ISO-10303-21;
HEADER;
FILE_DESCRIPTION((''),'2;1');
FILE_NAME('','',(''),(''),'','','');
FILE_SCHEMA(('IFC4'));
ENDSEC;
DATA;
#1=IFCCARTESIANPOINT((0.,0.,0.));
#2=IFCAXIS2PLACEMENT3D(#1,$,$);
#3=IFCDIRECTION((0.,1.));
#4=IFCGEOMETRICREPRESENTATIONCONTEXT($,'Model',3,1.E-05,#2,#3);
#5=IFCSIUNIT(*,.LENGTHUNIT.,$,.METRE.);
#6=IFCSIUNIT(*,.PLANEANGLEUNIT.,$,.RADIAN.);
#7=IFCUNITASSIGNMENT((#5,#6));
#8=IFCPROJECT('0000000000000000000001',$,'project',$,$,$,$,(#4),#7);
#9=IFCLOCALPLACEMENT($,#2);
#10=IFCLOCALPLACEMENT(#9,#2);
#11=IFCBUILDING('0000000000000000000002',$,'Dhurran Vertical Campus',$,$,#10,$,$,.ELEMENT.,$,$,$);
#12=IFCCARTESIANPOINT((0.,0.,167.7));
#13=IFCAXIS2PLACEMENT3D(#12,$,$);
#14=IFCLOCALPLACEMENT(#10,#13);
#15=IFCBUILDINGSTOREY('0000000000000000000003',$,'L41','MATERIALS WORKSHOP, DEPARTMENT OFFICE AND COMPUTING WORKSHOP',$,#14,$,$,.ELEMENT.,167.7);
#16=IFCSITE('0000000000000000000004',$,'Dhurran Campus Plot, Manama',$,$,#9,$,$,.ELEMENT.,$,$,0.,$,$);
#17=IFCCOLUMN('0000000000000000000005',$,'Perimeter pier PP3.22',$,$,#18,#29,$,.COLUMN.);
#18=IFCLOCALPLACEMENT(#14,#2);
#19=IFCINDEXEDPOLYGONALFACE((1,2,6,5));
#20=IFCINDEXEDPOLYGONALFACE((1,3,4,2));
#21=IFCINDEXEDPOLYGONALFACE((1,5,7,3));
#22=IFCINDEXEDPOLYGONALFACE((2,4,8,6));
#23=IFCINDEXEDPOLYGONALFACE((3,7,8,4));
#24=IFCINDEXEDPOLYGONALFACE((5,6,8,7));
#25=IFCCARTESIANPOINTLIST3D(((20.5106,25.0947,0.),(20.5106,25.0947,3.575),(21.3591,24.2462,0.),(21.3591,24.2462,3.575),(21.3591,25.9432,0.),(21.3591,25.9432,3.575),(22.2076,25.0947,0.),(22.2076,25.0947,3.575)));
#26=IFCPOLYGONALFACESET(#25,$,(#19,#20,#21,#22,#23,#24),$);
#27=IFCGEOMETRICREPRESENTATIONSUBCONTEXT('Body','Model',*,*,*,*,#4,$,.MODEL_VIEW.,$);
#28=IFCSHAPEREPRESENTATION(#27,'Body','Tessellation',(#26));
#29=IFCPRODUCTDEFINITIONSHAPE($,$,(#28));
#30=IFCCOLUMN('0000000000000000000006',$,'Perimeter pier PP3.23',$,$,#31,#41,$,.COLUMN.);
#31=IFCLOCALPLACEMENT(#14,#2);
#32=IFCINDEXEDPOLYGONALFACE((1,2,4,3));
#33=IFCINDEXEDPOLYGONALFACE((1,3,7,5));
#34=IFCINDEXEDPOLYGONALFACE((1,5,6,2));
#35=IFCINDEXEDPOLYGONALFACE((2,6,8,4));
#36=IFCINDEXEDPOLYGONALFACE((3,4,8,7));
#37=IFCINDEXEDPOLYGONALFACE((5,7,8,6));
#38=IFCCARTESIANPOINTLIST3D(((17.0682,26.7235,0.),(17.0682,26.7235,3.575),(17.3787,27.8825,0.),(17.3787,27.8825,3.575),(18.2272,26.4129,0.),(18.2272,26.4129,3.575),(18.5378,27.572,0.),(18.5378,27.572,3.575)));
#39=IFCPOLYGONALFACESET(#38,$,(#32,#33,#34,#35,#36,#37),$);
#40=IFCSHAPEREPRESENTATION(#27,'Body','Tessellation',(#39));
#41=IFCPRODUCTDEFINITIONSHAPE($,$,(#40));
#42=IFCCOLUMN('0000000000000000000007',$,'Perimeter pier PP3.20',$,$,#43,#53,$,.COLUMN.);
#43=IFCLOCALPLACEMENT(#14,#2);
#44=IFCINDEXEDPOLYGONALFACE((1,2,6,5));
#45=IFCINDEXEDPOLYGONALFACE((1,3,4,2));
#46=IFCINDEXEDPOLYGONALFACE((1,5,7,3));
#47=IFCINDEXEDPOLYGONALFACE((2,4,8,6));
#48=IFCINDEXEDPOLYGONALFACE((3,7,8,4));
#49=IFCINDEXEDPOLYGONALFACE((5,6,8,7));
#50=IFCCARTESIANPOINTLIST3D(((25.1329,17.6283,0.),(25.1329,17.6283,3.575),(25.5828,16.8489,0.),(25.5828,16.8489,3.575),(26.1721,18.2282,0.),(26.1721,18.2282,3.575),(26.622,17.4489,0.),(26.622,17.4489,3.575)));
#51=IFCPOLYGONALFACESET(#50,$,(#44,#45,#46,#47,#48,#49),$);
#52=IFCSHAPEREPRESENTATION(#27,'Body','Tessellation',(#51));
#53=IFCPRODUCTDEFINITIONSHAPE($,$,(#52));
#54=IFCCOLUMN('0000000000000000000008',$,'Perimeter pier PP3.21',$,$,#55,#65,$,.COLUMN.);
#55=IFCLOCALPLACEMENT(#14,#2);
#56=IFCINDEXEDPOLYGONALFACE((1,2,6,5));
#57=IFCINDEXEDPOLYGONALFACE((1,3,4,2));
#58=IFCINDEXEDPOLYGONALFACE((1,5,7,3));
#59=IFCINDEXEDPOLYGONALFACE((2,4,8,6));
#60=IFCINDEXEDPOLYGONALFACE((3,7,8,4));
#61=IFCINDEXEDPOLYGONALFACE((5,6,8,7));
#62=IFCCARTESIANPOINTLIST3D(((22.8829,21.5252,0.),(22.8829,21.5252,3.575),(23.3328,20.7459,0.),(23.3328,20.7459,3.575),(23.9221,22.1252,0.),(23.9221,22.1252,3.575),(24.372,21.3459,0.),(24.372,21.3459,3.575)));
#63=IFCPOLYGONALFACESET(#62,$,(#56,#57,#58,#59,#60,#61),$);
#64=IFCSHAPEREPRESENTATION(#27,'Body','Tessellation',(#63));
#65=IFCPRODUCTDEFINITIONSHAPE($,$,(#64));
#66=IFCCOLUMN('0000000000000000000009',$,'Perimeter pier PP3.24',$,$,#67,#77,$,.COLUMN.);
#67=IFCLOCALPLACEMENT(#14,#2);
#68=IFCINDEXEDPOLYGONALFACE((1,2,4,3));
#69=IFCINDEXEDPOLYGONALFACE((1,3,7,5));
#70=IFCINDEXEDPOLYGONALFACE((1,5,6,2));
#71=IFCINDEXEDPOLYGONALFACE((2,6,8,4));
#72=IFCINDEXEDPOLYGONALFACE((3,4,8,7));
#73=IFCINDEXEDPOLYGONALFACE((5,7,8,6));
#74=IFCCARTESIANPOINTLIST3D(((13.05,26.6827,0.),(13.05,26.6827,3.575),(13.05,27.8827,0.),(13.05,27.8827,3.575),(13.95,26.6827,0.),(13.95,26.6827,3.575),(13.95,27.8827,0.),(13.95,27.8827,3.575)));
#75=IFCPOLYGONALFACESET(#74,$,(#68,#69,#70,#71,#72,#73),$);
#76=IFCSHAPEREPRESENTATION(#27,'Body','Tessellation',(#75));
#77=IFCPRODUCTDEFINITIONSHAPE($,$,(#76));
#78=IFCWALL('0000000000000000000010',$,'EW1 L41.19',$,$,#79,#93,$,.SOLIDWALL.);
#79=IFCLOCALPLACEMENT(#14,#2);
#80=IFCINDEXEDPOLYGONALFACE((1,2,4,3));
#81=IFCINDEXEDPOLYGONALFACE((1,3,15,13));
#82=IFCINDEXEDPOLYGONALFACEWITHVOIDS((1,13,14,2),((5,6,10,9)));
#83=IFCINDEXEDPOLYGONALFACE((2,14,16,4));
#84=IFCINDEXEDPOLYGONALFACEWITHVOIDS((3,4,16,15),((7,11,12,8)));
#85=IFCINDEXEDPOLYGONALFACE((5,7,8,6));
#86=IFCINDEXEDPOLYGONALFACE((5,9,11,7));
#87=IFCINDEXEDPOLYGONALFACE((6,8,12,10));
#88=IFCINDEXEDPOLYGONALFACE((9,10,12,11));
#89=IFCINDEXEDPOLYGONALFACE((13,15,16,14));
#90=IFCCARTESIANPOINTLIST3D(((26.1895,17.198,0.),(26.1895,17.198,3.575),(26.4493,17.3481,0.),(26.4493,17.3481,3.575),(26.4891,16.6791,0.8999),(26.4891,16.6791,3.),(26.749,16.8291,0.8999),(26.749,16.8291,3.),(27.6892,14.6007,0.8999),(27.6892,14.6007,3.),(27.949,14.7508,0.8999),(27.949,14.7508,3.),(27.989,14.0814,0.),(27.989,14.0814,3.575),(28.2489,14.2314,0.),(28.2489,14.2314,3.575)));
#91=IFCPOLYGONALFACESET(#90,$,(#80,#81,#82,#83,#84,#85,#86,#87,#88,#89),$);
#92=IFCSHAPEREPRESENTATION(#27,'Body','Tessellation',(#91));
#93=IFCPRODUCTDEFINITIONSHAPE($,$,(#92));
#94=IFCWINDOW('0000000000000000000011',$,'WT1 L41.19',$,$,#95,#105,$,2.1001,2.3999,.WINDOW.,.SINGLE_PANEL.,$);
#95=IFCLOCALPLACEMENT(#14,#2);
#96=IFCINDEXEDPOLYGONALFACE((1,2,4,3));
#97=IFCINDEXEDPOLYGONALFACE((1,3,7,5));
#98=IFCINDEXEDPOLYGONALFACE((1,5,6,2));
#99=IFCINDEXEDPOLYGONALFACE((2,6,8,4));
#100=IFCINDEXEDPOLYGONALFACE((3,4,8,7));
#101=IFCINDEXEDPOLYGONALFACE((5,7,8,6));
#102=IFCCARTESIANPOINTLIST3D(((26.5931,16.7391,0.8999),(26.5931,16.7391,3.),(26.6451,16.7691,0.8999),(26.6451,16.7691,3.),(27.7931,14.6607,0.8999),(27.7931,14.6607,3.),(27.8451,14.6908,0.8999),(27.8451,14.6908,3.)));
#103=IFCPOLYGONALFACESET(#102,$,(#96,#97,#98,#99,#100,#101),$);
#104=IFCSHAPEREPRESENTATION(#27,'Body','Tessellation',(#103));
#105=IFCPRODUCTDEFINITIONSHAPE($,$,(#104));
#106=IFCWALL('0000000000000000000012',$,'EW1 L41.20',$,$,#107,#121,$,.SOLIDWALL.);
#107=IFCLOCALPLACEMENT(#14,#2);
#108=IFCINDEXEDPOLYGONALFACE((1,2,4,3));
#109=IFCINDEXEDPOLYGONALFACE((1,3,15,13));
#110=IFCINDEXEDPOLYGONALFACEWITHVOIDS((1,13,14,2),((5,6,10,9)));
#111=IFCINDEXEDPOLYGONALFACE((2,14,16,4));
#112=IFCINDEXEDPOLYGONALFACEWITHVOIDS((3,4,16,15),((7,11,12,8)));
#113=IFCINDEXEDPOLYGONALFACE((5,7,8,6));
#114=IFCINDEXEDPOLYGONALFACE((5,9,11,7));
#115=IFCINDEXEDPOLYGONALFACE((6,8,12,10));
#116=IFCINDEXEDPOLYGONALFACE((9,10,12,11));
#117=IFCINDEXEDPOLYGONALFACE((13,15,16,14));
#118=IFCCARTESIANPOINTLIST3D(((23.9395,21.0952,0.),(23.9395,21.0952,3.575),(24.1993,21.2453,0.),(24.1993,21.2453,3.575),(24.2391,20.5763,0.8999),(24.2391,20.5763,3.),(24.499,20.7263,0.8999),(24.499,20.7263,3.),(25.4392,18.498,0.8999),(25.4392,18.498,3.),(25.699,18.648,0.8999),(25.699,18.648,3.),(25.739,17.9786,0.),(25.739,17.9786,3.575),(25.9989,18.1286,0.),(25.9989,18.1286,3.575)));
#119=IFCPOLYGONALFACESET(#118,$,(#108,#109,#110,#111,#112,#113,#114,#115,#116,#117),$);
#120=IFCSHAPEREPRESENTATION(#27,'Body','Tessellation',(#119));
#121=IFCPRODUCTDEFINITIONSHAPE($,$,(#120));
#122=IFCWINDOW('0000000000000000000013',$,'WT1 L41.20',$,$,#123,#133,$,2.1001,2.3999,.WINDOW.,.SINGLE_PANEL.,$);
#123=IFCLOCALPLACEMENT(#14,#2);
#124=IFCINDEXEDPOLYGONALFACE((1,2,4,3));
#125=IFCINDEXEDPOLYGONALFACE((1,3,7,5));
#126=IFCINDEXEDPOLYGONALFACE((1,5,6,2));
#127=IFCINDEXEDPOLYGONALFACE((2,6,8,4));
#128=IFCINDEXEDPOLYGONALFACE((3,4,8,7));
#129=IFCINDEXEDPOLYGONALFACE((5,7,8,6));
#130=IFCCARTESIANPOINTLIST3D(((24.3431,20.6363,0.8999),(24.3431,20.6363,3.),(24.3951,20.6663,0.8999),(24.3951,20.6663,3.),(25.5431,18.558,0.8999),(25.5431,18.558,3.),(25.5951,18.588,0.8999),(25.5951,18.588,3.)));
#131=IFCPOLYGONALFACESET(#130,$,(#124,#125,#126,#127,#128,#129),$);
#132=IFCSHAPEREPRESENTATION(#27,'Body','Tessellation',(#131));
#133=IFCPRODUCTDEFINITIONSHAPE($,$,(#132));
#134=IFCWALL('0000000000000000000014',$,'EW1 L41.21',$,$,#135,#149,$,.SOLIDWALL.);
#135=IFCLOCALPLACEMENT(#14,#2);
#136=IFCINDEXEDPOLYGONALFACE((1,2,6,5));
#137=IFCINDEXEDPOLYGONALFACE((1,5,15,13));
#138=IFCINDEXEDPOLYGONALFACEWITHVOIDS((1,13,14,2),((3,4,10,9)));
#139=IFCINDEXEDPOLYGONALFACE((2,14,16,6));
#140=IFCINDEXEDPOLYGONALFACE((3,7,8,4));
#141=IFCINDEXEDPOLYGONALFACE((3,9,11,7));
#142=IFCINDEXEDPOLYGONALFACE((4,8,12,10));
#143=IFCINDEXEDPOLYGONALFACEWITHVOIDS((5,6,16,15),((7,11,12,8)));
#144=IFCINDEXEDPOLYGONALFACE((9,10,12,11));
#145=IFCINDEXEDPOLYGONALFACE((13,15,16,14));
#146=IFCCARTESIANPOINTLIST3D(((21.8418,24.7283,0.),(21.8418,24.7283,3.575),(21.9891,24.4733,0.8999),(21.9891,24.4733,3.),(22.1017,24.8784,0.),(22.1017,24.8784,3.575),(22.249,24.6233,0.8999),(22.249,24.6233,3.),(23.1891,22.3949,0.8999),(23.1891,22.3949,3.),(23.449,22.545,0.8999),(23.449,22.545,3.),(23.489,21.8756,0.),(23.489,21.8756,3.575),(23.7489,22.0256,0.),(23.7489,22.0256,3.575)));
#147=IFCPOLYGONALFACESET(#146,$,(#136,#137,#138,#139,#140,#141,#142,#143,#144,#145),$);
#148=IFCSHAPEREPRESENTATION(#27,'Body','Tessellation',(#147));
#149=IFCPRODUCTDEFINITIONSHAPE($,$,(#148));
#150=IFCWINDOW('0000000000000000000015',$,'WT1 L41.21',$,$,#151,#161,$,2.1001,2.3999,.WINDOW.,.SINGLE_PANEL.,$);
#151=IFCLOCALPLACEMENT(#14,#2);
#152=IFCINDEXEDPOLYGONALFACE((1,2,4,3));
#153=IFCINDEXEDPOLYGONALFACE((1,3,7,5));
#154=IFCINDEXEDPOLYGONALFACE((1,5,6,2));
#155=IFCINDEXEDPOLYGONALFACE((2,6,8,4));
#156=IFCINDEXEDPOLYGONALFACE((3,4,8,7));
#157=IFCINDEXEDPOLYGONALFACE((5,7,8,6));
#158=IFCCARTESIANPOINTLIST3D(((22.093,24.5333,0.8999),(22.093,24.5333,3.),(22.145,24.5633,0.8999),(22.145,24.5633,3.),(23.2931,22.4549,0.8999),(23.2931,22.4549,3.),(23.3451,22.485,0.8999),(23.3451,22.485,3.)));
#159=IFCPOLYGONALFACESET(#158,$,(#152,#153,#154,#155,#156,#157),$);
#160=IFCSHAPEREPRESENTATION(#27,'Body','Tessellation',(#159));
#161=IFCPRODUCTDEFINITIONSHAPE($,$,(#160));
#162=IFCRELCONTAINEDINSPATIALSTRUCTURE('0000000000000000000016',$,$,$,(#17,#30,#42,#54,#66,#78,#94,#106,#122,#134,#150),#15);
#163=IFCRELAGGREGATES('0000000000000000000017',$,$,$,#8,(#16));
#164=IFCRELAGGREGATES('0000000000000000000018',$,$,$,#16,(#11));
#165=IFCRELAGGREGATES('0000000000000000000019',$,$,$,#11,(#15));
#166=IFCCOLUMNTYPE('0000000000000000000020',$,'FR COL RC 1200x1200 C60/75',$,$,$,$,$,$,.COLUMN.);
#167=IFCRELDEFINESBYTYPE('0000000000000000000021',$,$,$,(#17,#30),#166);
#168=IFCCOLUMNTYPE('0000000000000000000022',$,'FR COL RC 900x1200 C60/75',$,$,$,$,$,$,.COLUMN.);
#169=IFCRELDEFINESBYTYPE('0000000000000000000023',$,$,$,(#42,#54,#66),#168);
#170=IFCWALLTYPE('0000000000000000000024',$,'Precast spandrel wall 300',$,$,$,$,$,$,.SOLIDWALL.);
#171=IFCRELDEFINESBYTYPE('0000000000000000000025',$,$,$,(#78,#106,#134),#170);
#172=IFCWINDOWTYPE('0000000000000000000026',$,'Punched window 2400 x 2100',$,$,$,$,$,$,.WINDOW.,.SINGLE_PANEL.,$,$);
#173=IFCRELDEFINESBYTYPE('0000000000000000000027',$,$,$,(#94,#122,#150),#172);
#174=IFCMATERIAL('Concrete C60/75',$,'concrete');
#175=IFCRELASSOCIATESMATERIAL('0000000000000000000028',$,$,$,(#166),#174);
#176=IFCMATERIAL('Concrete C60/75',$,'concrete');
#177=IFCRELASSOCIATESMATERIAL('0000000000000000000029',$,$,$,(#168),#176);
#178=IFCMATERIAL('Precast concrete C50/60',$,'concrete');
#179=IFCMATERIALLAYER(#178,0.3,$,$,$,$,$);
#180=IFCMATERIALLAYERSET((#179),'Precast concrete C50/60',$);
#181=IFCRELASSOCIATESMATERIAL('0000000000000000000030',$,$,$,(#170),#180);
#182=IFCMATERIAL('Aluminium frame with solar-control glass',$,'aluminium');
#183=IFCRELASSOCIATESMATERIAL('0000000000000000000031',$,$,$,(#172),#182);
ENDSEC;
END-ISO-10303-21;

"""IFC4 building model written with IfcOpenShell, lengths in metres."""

from ifc_helpers import new_model, si_unit, direction, frame, frame_2d, origin, origin_2d, place, context, subcontext, project, spatial, rectangle, extrude, material, layer, layer_set, material_profile, profile_set, type_object, element, fill, save


model = new_model("IFC4")

# Units and contexts
model_context = context("Model", 3, precision=1e-05, world=origin(), true_north=direction((0.0, 1.0)))
body_context = subcontext(model_context, "Body", "Model", "MODEL_VIEW")
ifc_project = project(units=[si_unit("LENGTHUNIT", "METRE"), si_unit("PLANEANGLEUNIT", "RADIAN")], contexts=[model_context])

# Site, building, storey
site_placement = place(None, origin())
site = spatial("IfcSite", under=ifc_project, at=site_placement, Name="Dhurran Campus Plot, Manama", CompositionType="ELEMENT", RefElevation=0.0)
building_placement = place(site_placement, origin())
building = spatial("IfcBuilding", under=site, at=building_placement, Name="Dhurran Vertical Campus", CompositionType="ELEMENT")
storey_placement = place(building_placement, frame((0.0, 0.0, 167.7)))
storey = spatial("IfcBuildingStorey", under=building, at=storey_placement, Name="L41", Description="MATERIALS WORKSHOP, DEPARTMENT OFFICE AND COMPUTING WORKSHOP", CompositionType="ELEMENT", Elevation=167.7)

# Columns
ifc_material_1 = material(Name="Concrete C60/75", Category="concrete")
ifc_material_profile_1 = material_profile(ifc_material_1, rectangle(XDim=1.2, YDim=1.2, at=origin_2d()), Name="RC 1200x1200")
ifc_profile_set_1 = profile_set([ifc_material_profile_1], Name="Concrete C60/75")
column_type_1 = type_object("IfcColumnType", Name="FR COL RC 1200x1200 C60/75", PredefinedType="COLUMN", material=ifc_profile_set_1)
for number, where, z_axis, x_axis, name in (
    (1, (21.3591, 25.0947, 0.0), (0.0, 0.0, 1.0), (-0.707107, 0.707107, 0.0), "Perimeter pier PP3.22"),
    (2, (17.803, 27.1477, 0.0), (0.0, 0.0, 1.0), (-0.965926, 0.258819, 0.0), "Perimeter pier PP3.23"),
):
    element("IfcColumn", number, at=place(storey_placement, frame(where, z_axis=z_axis, x_axis=x_axis)), inside=storey, type_object=column_type_1, Name=name, PredefinedType="COLUMN", context=body_context, shape_type="SweptSolid", body=[
        extrude(rectangle(XDim=1.2, YDim=1.2, at=origin_2d()), origin(), (0.0, 0.0, 1.0), 3.575),
    ])
ifc_material_2 = material(Name="Concrete C60/75", Category="concrete")
ifc_material_profile_2 = material_profile(ifc_material_2, rectangle(XDim=0.8999, YDim=1.2, at=origin_2d()), Name="RC 900x1200")
ifc_profile_set_2 = profile_set([ifc_material_profile_2], Name="Concrete C60/75")
column_type_2 = type_object("IfcColumnType", Name="FR COL RC 900x1200 C60/75", PredefinedType="COLUMN", material=ifc_profile_set_2)
for number, where, z_axis, x_axis, name in (
    (3, (25.8774, 17.5386, 0.0), (0.0, 0.0, 1.0), (-0.5, 0.866025, 0.0), "Perimeter pier PP3.20"),
    (4, (23.6274, 21.4355, 0.0), (0.0, 0.0, 1.0), (-0.5, 0.866025, 0.0), "Perimeter pier PP3.21"),
    (5, (13.5, 27.2827, 0.0), (0.0, 0.0, 1.0), (-1.0, 0.0, 0.0), "Perimeter pier PP3.24"),
):
    element("IfcColumn", number, at=place(storey_placement, frame(where, z_axis=z_axis, x_axis=x_axis)), inside=storey, type_object=column_type_2, Name=name, PredefinedType="COLUMN", context=body_context, shape_type="SweptSolid", body=[
        extrude(rectangle(XDim=0.8999, YDim=1.2, at=origin_2d()), origin(), (0.0, 0.0, 1.0), 3.575),
    ])

# Walls, openings, windows
ifc_material_3 = material(Name="Precast concrete C50/60", Category="concrete")
ifc_layer_1 = layer(ifc_material_3, 0.3)
ifc_layer_set_1 = layer_set([ifc_layer_1], Name="Precast concrete C50/60")
wall_type_1 = type_object("IfcWallType", Name="Precast spandrel wall 300", PredefinedType="SOLIDWALL", material=ifc_layer_set_1)
wall_1_placement = place(storey_placement, frame((28.1189, 14.1565, 0.0), z_axis=(0.0, 0.0, 1.0), x_axis=(-0.500028, 0.866009, 0.0)))
wall_1 = element("IfcWall", 6, at=wall_1_placement, inside=storey, type_object=wall_type_1, Name="EW1 L41.19", PredefinedType="SOLIDWALL", context=body_context, shape_type="SweptSolid", body=[
    extrude(rectangle(XDim=3.5989, YDim=0.3, at=frame_2d((1.7993, 0.0))), origin(), (0.0, 0.0, 1.0), 3.575),
])
opening_1_placement = place(wall_1_placement, frame((0.5996, 0.0, 0.8999)))
opening_1 = element("IfcOpeningElement", 7, at=opening_1_placement, cuts=wall_1, PredefinedType="OPENING", context=body_context, shape_type="SweptSolid", body=[
    extrude(rectangle(XDim=2.3999, YDim=2.1001, at=frame_2d((1.2, 1.05))), frame((0.0, 0.1599, 0.0), z_axis=(0.0, -1.0, 0.0), x_axis=(1.0, 0.0, 0.0)), (0.0, 0.0, 1.0), 0.3201),
])
ifc_material_4 = material(Name="Aluminium frame with solar-control glass", Category="aluminium")
window_type = type_object("IfcWindowType", Name="Punched window 2400 x 2100", PartitioningType="SINGLE_PANEL", PredefinedType="WINDOW", material=ifc_material_4)
window_1_placement = place(opening_1_placement, origin())
window_1 = element("IfcWindow", 8, at=window_1_placement, inside=storey, type_object=window_type, Name="WT1 L41.19", OverallHeight=2.1001, OverallWidth=2.3999, PartitioningType="SINGLE_PANEL", PredefinedType="WINDOW", context=body_context, shape_type="SweptSolid", body=[
    extrude(rectangle(XDim=2.3999, YDim=2.1001, at=frame_2d((1.2, 1.05))), frame((0.0, 0.03, 0.0), z_axis=(0.0, -1.0, 0.0), x_axis=(1.0, 0.0, 0.0)), (0.0, 0.0, 1.0), 0.0601),
])
fill(opening_1, window_1)
wall_2_placement = place(storey_placement, frame((25.8689, 18.0537, 0.0), z_axis=(0.0, 0.0, 1.0), x_axis=(-0.500028, 0.866009, 0.0)))
wall_2 = element("IfcWall", 9, at=wall_2_placement, inside=storey, type_object=wall_type_1, Name="EW1 L41.20", PredefinedType="SOLIDWALL", context=body_context, shape_type="SweptSolid", body=[
    extrude(rectangle(XDim=3.5989, YDim=0.3, at=frame_2d((1.7993, 0.0))), origin(), (0.0, 0.0, 1.0), 3.575),
])
opening_2_placement = place(wall_2_placement, frame((0.5996, 0.0, 0.8999)))
opening_2 = element("IfcOpeningElement", 10, at=opening_2_placement, cuts=wall_2, PredefinedType="OPENING", context=body_context, shape_type="SweptSolid", body=[
    extrude(rectangle(XDim=2.3999, YDim=2.1001, at=frame_2d((1.2, 1.05))), frame((0.0, 0.1599, 0.0), z_axis=(0.0, -1.0, 0.0), x_axis=(1.0, 0.0, 0.0)), (0.0, 0.0, 1.0), 0.3201),
])
window_2_placement = place(opening_2_placement, origin())
window_2 = element("IfcWindow", 11, at=window_2_placement, inside=storey, type_object=window_type, Name="WT1 L41.20", OverallHeight=2.1001, OverallWidth=2.3999, PartitioningType="SINGLE_PANEL", PredefinedType="WINDOW", context=body_context, shape_type="SweptSolid", body=[
    extrude(rectangle(XDim=2.3999, YDim=2.1001, at=frame_2d((1.2, 1.05))), frame((0.0, 0.03, 0.0), z_axis=(0.0, -1.0, 0.0), x_axis=(1.0, 0.0, 0.0)), (0.0, 0.0, 1.0), 0.0601),
])
fill(opening_2, window_2)
wall_3_placement = place(storey_placement, frame((23.6189, 21.9507, 0.0), z_axis=(0.0, 0.0, 1.0), x_axis=(-0.500037, 0.866004, 0.0)))
wall_3 = element("IfcWall", 12, at=wall_3_placement, inside=storey, type_object=wall_type_1, Name="EW1 L41.21", PredefinedType="SOLIDWALL", context=body_context, shape_type="SweptSolid", body=[
    extrude(rectangle(XDim=3.2942, YDim=0.3, at=frame_2d((1.647, 0.0))), origin(), (0.0, 0.0, 1.0), 3.575),
])
opening_3_placement = place(wall_3_placement, frame((0.5996, 0.0, 0.8999)))
opening_3 = element("IfcOpeningElement", 13, at=opening_3_placement, cuts=wall_3, PredefinedType="OPENING", context=body_context, shape_type="SweptSolid", body=[
    extrude(rectangle(XDim=2.3999, YDim=2.1001, at=frame_2d((1.2, 1.05))), frame((0.0, 0.1599, 0.0), z_axis=(0.0, -1.0, 0.0), x_axis=(1.0, 0.0, 0.0)), (0.0, 0.0, 1.0), 0.3201),
])
window_3_placement = place(opening_3_placement, origin())
window_3 = element("IfcWindow", 14, at=window_3_placement, inside=storey, type_object=window_type, Name="WT1 L41.21", OverallHeight=2.1001, OverallWidth=2.3999, PartitioningType="SINGLE_PANEL", PredefinedType="WINDOW", context=body_context, shape_type="SweptSolid", body=[
    extrude(rectangle(XDim=2.3999, YDim=2.1001, at=frame_2d((1.2, 1.05))), frame((0.0, 0.03, 0.0), z_axis=(0.0, -1.0, 0.0), x_axis=(1.0, 0.0, 0.0)), (0.0, 0.0, 1.0), 0.0601),
])
fill(opening_3, window_3)

save(model, "model.ifc")
